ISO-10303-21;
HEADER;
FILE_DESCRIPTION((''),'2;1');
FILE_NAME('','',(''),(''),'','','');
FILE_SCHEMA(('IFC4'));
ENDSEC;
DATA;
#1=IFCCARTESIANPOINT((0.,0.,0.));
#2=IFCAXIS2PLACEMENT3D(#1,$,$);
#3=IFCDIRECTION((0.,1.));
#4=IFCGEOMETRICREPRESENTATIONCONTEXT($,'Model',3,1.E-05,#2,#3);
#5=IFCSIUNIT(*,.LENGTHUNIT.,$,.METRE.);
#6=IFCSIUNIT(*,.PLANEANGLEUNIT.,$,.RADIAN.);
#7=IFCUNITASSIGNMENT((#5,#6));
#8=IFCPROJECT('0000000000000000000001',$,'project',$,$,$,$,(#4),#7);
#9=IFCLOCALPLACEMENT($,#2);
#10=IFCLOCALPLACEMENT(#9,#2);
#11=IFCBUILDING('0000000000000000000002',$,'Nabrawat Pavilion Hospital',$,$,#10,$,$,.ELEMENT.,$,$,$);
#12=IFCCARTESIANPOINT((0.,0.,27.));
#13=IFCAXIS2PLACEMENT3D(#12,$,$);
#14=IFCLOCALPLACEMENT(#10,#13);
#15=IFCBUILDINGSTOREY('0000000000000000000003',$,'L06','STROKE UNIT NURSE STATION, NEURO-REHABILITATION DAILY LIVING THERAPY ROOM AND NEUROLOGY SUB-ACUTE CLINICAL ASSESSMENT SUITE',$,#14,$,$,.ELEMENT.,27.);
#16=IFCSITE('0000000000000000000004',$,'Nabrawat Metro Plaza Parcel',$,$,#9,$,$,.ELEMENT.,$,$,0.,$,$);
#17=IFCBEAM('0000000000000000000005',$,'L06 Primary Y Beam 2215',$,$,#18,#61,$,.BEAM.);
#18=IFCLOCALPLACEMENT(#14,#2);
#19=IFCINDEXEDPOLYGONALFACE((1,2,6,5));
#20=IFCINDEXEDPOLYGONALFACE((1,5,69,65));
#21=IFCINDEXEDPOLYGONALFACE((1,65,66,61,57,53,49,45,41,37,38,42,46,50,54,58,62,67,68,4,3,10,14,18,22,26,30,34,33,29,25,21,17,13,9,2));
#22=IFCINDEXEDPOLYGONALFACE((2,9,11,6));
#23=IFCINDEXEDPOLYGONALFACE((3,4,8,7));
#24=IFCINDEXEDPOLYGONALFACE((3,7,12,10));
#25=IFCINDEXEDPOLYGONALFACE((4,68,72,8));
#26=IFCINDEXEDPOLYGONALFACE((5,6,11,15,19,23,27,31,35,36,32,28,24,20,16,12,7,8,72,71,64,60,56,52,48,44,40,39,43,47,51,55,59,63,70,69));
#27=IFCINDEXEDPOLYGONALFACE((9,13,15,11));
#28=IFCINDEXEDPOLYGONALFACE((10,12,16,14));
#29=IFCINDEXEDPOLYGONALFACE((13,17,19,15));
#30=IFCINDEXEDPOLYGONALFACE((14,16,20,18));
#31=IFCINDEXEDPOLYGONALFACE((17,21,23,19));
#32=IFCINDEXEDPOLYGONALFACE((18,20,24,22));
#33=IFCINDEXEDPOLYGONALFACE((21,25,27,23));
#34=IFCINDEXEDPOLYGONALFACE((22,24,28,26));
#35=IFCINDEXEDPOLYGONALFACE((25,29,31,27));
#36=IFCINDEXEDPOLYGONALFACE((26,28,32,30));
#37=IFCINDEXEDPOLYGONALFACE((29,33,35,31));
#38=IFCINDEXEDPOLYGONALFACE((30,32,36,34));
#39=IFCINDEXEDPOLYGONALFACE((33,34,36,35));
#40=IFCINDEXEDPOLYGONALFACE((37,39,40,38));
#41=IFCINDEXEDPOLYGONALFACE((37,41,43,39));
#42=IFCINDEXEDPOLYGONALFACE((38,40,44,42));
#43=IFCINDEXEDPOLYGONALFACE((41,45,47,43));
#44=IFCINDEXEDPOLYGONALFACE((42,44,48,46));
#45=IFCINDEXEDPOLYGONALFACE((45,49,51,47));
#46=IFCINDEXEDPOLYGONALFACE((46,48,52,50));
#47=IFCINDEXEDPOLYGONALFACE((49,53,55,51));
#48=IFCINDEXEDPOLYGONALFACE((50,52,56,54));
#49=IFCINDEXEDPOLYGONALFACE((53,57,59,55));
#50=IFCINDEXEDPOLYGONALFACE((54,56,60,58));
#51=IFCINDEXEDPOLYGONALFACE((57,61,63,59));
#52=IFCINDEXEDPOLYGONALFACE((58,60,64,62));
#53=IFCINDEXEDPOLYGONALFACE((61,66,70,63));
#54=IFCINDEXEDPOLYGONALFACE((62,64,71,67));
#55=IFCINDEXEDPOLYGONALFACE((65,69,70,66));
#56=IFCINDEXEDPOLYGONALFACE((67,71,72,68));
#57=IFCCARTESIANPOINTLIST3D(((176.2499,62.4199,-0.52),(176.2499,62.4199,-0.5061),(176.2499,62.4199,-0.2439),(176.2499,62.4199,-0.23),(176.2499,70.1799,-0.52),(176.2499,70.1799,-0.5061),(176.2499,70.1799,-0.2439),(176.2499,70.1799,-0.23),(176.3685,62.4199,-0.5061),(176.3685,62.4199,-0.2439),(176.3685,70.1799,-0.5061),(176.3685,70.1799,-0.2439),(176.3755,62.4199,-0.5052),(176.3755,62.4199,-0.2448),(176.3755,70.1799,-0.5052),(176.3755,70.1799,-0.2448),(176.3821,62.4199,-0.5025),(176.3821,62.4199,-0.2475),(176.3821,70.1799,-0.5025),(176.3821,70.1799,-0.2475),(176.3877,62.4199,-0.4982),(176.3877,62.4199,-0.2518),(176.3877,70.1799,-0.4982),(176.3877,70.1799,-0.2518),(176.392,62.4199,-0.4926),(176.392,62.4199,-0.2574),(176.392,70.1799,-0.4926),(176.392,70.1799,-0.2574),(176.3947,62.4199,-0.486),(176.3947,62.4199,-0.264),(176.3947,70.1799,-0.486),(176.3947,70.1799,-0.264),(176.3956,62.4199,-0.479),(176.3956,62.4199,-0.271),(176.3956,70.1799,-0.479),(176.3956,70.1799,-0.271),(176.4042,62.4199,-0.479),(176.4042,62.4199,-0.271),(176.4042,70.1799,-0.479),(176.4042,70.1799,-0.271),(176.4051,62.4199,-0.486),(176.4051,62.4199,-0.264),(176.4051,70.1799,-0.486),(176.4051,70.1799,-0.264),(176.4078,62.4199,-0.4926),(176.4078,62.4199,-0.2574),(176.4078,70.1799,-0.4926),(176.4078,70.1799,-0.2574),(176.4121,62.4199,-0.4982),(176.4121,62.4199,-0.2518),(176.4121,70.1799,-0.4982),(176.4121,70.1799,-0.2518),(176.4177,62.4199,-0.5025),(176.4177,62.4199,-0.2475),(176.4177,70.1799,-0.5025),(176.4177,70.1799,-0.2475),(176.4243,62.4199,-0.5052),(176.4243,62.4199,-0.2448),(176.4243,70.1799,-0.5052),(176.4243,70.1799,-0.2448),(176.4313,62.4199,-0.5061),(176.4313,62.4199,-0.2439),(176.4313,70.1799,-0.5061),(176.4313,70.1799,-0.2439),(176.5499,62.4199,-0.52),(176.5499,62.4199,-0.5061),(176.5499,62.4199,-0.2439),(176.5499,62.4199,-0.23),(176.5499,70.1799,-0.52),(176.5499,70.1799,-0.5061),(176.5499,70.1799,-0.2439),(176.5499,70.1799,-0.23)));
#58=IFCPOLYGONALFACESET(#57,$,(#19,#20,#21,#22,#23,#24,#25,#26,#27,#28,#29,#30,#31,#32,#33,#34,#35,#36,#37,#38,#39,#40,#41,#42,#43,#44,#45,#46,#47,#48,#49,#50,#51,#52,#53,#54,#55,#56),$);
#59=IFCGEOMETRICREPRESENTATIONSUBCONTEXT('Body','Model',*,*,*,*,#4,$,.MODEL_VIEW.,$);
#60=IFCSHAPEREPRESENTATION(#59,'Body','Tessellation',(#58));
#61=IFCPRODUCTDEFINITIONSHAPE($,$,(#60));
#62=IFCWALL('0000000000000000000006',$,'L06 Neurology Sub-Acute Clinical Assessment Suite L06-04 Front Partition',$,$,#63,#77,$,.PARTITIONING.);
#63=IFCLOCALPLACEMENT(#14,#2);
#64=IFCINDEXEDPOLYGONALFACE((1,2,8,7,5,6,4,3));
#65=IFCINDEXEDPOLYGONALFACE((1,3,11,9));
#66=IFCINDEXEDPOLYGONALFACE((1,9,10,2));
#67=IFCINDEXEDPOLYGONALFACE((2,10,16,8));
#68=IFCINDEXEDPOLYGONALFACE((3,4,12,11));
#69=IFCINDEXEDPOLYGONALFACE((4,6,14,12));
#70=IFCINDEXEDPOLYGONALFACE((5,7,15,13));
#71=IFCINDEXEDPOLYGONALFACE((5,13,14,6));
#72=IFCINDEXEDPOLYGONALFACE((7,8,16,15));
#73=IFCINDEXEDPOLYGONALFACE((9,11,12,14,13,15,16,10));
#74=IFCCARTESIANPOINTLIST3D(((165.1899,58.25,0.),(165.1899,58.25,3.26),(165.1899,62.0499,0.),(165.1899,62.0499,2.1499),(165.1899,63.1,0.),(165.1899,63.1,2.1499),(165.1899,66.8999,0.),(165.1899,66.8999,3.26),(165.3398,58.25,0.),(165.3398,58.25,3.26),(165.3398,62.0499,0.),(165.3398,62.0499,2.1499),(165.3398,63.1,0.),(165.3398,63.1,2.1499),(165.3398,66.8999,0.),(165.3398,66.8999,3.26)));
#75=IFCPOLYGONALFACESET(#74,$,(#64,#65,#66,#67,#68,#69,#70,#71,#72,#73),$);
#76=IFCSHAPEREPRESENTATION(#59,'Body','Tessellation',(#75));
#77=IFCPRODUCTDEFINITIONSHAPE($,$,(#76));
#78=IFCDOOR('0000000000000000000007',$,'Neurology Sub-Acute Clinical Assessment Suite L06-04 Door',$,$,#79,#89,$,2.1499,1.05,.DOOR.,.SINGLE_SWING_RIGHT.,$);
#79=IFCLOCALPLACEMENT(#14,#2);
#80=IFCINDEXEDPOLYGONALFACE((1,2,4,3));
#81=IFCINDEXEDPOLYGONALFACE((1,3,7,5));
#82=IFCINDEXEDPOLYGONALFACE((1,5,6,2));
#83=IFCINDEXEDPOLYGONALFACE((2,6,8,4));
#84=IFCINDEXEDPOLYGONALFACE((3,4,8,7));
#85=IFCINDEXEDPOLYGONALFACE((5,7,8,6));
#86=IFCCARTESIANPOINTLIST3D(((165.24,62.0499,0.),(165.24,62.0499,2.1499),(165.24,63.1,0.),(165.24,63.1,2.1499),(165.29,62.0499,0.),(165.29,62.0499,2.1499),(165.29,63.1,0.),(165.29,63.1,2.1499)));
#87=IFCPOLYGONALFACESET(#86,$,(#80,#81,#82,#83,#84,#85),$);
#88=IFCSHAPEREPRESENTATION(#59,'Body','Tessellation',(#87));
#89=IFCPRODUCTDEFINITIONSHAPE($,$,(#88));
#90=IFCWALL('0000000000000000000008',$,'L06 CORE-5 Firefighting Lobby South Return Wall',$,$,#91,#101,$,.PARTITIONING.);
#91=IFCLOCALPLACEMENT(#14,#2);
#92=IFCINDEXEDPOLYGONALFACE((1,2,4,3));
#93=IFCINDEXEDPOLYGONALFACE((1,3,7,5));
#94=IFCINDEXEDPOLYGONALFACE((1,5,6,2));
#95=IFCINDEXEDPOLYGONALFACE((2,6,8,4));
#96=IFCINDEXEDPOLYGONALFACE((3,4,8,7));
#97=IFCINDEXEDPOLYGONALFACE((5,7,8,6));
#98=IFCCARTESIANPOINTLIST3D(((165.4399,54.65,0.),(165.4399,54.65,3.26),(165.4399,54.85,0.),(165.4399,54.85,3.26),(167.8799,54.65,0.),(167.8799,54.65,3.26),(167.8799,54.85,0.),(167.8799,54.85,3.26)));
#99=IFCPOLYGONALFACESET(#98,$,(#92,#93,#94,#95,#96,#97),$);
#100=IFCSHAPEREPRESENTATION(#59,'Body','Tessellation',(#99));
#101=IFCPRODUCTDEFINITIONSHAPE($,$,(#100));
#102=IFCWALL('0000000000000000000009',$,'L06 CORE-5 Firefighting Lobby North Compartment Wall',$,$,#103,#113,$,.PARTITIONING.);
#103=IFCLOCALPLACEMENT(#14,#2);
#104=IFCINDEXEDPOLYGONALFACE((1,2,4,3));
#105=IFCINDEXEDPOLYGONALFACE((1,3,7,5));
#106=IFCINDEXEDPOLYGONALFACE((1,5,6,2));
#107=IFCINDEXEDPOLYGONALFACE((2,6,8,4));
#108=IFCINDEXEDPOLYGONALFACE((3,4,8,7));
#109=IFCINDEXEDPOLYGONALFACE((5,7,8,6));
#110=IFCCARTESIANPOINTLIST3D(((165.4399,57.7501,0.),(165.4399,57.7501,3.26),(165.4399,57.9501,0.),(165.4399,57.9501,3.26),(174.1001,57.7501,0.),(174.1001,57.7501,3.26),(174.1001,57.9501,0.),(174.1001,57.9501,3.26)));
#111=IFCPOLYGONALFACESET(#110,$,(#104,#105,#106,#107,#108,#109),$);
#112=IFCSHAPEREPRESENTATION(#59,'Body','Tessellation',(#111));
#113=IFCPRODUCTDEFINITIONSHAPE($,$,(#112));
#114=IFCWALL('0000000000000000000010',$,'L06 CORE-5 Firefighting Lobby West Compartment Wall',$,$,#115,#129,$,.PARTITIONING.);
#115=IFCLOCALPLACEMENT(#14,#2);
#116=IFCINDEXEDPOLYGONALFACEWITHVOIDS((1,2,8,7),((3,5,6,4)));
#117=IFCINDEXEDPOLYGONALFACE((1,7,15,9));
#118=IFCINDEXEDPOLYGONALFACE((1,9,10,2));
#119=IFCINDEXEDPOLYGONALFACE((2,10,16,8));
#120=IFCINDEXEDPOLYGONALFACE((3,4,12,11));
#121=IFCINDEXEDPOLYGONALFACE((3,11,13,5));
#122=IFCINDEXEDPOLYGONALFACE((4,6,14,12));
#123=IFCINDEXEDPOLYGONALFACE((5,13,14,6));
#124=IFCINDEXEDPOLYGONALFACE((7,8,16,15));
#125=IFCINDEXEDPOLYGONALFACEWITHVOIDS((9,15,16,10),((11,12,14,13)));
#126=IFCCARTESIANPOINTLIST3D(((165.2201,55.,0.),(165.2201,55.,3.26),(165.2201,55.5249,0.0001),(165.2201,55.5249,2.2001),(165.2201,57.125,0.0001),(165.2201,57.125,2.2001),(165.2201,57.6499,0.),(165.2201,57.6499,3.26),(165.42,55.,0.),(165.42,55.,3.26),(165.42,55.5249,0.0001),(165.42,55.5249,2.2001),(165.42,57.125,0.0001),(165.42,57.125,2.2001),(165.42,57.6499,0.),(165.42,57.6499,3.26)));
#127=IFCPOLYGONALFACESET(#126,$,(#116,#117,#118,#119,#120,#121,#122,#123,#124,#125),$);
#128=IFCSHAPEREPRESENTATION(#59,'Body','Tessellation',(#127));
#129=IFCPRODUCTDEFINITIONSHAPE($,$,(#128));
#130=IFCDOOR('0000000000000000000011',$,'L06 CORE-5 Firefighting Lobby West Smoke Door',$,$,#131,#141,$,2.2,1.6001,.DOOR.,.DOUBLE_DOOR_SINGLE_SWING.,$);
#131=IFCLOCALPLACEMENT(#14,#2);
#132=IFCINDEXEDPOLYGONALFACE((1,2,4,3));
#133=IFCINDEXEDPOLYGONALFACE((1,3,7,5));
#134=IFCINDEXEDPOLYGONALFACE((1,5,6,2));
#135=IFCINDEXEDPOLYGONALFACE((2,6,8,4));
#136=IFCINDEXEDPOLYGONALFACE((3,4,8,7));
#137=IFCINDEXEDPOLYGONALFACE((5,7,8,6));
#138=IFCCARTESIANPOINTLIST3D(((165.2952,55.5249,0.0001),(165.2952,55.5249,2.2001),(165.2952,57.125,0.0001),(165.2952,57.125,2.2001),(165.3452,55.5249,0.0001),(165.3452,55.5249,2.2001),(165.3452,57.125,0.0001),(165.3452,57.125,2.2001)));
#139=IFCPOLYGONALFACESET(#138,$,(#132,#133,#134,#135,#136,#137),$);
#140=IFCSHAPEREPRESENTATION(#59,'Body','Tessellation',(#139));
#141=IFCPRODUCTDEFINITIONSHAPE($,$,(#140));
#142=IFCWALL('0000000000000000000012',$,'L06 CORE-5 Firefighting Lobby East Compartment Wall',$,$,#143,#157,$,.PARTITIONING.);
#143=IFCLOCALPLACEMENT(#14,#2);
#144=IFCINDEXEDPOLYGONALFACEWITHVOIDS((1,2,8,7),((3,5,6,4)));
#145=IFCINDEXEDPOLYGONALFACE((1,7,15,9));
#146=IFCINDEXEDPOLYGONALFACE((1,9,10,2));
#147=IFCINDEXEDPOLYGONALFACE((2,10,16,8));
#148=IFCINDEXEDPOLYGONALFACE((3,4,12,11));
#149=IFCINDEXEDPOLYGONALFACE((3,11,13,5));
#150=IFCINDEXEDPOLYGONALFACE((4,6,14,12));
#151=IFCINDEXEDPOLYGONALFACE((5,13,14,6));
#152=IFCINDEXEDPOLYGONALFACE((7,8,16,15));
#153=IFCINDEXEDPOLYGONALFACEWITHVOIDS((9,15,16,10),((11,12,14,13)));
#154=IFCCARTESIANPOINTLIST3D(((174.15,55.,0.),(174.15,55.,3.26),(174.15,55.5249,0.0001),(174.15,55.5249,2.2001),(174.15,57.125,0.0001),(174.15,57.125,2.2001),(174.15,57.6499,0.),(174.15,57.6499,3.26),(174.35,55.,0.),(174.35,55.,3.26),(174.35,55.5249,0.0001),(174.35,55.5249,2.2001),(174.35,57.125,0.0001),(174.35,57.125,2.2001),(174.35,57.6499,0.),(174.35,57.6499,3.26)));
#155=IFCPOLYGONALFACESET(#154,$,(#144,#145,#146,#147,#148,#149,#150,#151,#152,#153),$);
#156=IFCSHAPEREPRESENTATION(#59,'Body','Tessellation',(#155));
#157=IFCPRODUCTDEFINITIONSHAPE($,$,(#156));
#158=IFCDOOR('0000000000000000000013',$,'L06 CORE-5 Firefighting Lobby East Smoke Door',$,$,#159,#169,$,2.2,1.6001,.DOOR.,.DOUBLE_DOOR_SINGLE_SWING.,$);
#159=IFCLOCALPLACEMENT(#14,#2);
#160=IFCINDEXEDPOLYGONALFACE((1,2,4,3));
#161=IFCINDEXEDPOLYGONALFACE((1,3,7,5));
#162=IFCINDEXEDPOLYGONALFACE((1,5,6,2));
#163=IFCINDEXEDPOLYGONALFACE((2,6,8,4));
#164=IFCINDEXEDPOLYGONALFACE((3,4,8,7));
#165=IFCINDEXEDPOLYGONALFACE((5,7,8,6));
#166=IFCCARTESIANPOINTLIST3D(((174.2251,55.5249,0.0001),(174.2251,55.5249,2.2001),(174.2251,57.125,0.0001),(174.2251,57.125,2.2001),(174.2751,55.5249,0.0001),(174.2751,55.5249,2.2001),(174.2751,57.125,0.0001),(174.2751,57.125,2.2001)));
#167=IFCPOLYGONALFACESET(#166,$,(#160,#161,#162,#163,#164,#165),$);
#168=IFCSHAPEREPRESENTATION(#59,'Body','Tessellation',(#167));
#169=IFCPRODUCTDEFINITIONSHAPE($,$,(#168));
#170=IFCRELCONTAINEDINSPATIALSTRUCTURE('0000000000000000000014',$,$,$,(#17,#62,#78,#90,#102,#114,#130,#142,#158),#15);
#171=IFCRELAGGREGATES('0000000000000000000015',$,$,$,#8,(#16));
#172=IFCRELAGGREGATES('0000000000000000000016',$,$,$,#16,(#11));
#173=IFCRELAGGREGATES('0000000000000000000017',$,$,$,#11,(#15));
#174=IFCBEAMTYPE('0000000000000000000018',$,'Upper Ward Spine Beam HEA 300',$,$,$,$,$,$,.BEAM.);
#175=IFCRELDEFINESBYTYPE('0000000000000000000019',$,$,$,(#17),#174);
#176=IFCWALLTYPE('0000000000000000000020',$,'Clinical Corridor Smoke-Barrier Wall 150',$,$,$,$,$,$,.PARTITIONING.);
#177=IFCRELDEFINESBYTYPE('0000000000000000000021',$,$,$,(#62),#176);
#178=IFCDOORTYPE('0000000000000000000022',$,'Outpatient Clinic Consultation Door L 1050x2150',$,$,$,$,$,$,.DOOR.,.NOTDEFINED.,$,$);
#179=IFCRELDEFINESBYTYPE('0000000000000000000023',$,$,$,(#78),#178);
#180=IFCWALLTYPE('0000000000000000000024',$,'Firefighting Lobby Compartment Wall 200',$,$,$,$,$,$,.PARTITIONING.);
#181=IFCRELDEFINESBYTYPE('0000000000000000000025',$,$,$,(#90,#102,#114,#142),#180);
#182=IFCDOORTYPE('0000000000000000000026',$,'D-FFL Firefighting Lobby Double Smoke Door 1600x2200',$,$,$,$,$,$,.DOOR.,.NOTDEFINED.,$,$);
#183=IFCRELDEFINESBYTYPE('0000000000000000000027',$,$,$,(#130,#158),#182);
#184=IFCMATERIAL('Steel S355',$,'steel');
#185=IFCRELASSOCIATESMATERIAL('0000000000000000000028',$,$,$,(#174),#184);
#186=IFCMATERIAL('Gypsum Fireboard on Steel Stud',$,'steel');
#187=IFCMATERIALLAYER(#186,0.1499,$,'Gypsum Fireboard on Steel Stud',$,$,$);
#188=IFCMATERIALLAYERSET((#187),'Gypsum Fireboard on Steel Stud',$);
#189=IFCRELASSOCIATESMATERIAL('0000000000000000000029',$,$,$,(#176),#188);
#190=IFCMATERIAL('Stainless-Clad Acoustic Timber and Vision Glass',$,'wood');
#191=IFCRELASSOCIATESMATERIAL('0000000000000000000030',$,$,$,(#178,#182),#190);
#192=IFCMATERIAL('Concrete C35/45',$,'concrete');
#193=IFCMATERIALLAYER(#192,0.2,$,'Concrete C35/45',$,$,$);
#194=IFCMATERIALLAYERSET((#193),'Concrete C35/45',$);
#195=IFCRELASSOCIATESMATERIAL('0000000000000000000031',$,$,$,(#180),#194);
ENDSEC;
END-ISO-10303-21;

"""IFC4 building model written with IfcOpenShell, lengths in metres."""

from ifc_helpers import new_model, si_unit, direction, frame, frame_2d, origin, origin_2d, place, context, subcontext, project, spatial, rectangle, i_section, extrude, material, layer, layer_set, material_profile, profile_set, type_object, element, fill, save


model = new_model("IFC4")

# Units and contexts
model_context = context("Model", 3, precision=1e-05, world=origin(), true_north=direction((0.0, 1.0)))
body_context = subcontext(model_context, "Body", "Model", "MODEL_VIEW")
ifc_project = project(units=[si_unit("LENGTHUNIT", "METRE"), si_unit("PLANEANGLEUNIT", "RADIAN")], contexts=[model_context])

# Site, building, storey
site_placement = place(None, origin())
site = spatial("IfcSite", under=ifc_project, at=site_placement, Name="Nabrawat Metro Plaza Parcel", CompositionType="ELEMENT", RefElevation=0.0)
building_placement = place(site_placement, origin())
building = spatial("IfcBuilding", under=site, at=building_placement, Name="Nabrawat Pavilion Hospital", CompositionType="ELEMENT")
storey_placement = place(building_placement, frame((0.0, 0.0, 27.0)))
storey = spatial("IfcBuildingStorey", under=building, at=storey_placement, Name="L06", Description="STROKE UNIT NURSE STATION, NEURO-REHABILITATION DAILY LIVING THERAPY ROOM AND NEUROLOGY SUB-ACUTE CLINICAL ASSESSMENT SUITE", CompositionType="ELEMENT", Elevation=27.0)

# Shared definitions
ifc_material_1 = material(Name="Steel S355", Category="steel")

# Beam
ifc_material_profile_1 = material_profile(ifc_material_1, i_section(OverallWidth=0.3, OverallDepth=0.29, WebThickness=0.0085, FlangeThickness=0.0139, FilletRadius=0.0271, at=origin_2d()), Name="HEA 300")
ifc_profile_set_1 = profile_set([ifc_material_profile_1], Name="Steel S355")
beam_type_1 = type_object("IfcBeamType", Name="Upper Ward Spine Beam HEA 300", PredefinedType="BEAM", material=ifc_profile_set_1)
beam_1_placement = place(storey_placement, frame((176.3999, 62.4199, -0.375), z_axis=(0.0, 1.0, 0.0), x_axis=(-1.0, 0.0, 0.0)))
element("IfcBeam", 1, at=beam_1_placement, inside=storey, type_object=beam_type_1, Name="L06 Primary Y Beam 2215", PredefinedType="BEAM", context=body_context, shape_type="SweptSolid", body=[
    extrude(i_section(OverallWidth=0.3, OverallDepth=0.29, WebThickness=0.0085, FlangeThickness=0.0139, FilletRadius=0.0271, at=origin_2d()), origin(), (0.0, 0.0, 1.0), 7.76),
])

# Wall, opening, door
ifc_material_2 = material(Name="Gypsum Fireboard on Steel Stud", Category="steel")
ifc_layer_1 = layer(ifc_material_2, 0.1499, Name="Gypsum Fireboard on Steel Stud")
ifc_layer_set_1 = layer_set([ifc_layer_1], Name="Gypsum Fireboard on Steel Stud")
wall_type_1 = type_object("IfcWallType", Name="Clinical Corridor Smoke-Barrier Wall 150", PredefinedType="PARTITIONING", material=ifc_layer_set_1)
wall_1_placement = place(storey_placement, frame((165.2649, 58.25, 0.0), z_axis=(0.0, 0.0, 1.0), x_axis=(0.0, 1.0, 0.0)))
wall_1 = element("IfcWall", 2, at=wall_1_placement, inside=storey, type_object=wall_type_1, Name="L06 Neurology Sub-Acute Clinical Assessment Suite L06-04 Front Partition", PredefinedType="PARTITIONING", context=body_context, shape_type="SweptSolid", body=[
    extrude(rectangle(XDim=8.6499, YDim=0.1499, at=frame_2d((4.325, 0.0))), origin(), (0.0, 0.0, 1.0), 3.26),
])
opening_1_placement = place(wall_1_placement, frame((3.8, 0.0, 0.0)))
opening_1 = element("IfcOpeningElement", 3, at=opening_1_placement, cuts=wall_1, PredefinedType="OPENING", context=body_context, shape_type="SweptSolid", body=[
    extrude(rectangle(XDim=1.05, YDim=2.1499, at=frame_2d((0.5249, 1.075))), frame((0.0, 0.085, 0.0), z_axis=(0.0, -1.0, 0.0), x_axis=(1.0, 0.0, 0.0)), (0.0, 0.0, 1.0), 0.1699),
])
ifc_material_3 = material(Name="Stainless-Clad Acoustic Timber and Vision Glass", Category="wood")
door_type_1 = type_object("IfcDoorType", Name="Outpatient Clinic Consultation Door L 1050x2150", OperationType="NOTDEFINED", PredefinedType="DOOR", material=ifc_material_3)
door_1_placement = place(opening_1_placement, origin())
door_1 = element("IfcDoor", 4, at=door_1_placement, inside=storey, type_object=door_type_1, Name="Neurology Sub-Acute Clinical Assessment Suite L06-04 Door", OperationType="SINGLE_SWING_RIGHT", OverallHeight=2.1499, OverallWidth=1.05, PredefinedType="DOOR", context=body_context, shape_type="SweptSolid", body=[
    extrude(rectangle(XDim=1.05, YDim=2.1499, at=frame_2d((0.5249, 1.075))), frame((0.0, 0.0249, 0.0), z_axis=(0.0, -1.0, 0.0), x_axis=(1.0, 0.0, 0.0)), (0.0, 0.0, 1.0), 0.05),
])
fill(opening_1, door_1)

# Walls
ifc_material_4 = material(Name="Concrete C35/45", Category="concrete")
ifc_layer_2 = layer(ifc_material_4, 0.2, Name="Concrete C35/45")
ifc_layer_set_2 = layer_set([ifc_layer_2], Name="Concrete C35/45")
wall_type_2 = type_object("IfcWallType", Name="Firefighting Lobby Compartment Wall 200", PredefinedType="PARTITIONING", material=ifc_layer_set_2)
wall_2_placement = place(storey_placement, frame((165.4399, 54.75, 0.0), z_axis=(0.0, 0.0, 1.0), x_axis=(1.0, 0.0, 0.0)))
element("IfcWall", 5, at=wall_2_placement, inside=storey, type_object=wall_type_2, Name="L06 CORE-5 Firefighting Lobby South Return Wall", PredefinedType="PARTITIONING", context=body_context, shape_type="SweptSolid", body=[
    extrude(rectangle(XDim=2.4399, YDim=0.2, at=frame_2d((1.22, 0.0))), origin(), (0.0, 0.0, 1.0), 3.26),
])
wall_3_placement = place(storey_placement, frame((165.4399, 57.8501, 0.0), z_axis=(0.0, 0.0, 1.0), x_axis=(1.0, 0.0, 0.0)))
element("IfcWall", 6, at=wall_3_placement, inside=storey, type_object=wall_type_2, Name="L06 CORE-5 Firefighting Lobby North Compartment Wall", PredefinedType="PARTITIONING", context=body_context, shape_type="SweptSolid", body=[
    extrude(rectangle(XDim=8.6602, YDim=0.2, at=frame_2d((4.3301, 0.0))), origin(), (0.0, 0.0, 1.0), 3.26),
])

# Walls, openings, doors
wall_4_placement = place(storey_placement, frame((165.3201, 55.0, 0.0), z_axis=(0.0, 0.0, 1.0), x_axis=(0.0, 1.0, 0.0)))
wall_4 = element("IfcWall", 7, at=wall_4_placement, inside=storey, type_object=wall_type_2, Name="L06 CORE-5 Firefighting Lobby West Compartment Wall", PredefinedType="PARTITIONING", context=body_context, shape_type="SweptSolid", body=[
    extrude(rectangle(XDim=2.6499, YDim=0.2, at=frame_2d((1.325, 0.0))), origin(), (0.0, 0.0, 1.0), 3.26),
])
opening_2_placement = place(wall_4_placement, frame((0.5249, 0.0, 0.0)))
opening_2 = element("IfcOpeningElement", 8, at=opening_2_placement, cuts=wall_4, PredefinedType="OPENING", context=body_context, shape_type="SweptSolid", body=[
    extrude(rectangle(XDim=1.6001, YDim=2.2, at=frame_2d((0.8, 1.1001))), frame((0.0, 0.1099, 0.0), z_axis=(0.0, -1.0, 0.0), x_axis=(1.0, 0.0, 0.0)), (0.0, 0.0, 1.0), 0.22),
])
door_type_2 = type_object("IfcDoorType", Name="D-FFL Firefighting Lobby Double Smoke Door 1600x2200", OperationType="NOTDEFINED", PredefinedType="DOOR", material=ifc_material_3)
door_2_placement = place(opening_2_placement, origin())
door_2 = element("IfcDoor", 9, at=door_2_placement, inside=storey, type_object=door_type_2, Name="L06 CORE-5 Firefighting Lobby West Smoke Door", OperationType="DOUBLE_DOOR_SINGLE_SWING", OverallHeight=2.2, OverallWidth=1.6001, PredefinedType="DOOR", context=body_context, shape_type="SweptSolid", body=[
    extrude(rectangle(XDim=1.6001, YDim=2.2, at=frame_2d((0.8, 1.1001))), frame((0.0, 0.0249, 0.0), z_axis=(0.0, -1.0, 0.0), x_axis=(1.0, 0.0, 0.0)), (0.0, 0.0, 1.0), 0.05),
])
fill(opening_2, door_2)
wall_5_placement = place(storey_placement, frame((174.25, 55.0, 0.0), z_axis=(0.0, 0.0, 1.0), x_axis=(0.0, 1.0, 0.0)))
wall_5 = element("IfcWall", 10, at=wall_5_placement, inside=storey, type_object=wall_type_2, Name="L06 CORE-5 Firefighting Lobby East Compartment Wall", PredefinedType="PARTITIONING", context=body_context, shape_type="SweptSolid", body=[
    extrude(rectangle(XDim=2.6499, YDim=0.2, at=frame_2d((1.325, 0.0))), origin(), (0.0, 0.0, 1.0), 3.26),
])
opening_3_placement = place(wall_5_placement, frame((0.5249, 0.0, 0.0)))
opening_3 = element("IfcOpeningElement", 11, at=opening_3_placement, cuts=wall_5, PredefinedType="OPENING", context=body_context, shape_type="SweptSolid", body=[
    extrude(rectangle(XDim=1.6001, YDim=2.2, at=frame_2d((0.8, 1.1001))), frame((0.0, 0.1099, 0.0), z_axis=(0.0, -1.0, 0.0), x_axis=(1.0, 0.0, 0.0)), (0.0, 0.0, 1.0), 0.22),
])
door_3_placement = place(opening_3_placement, origin())
door_3 = element("IfcDoor", 12, at=door_3_placement, inside=storey, type_object=door_type_2, Name="L06 CORE-5 Firefighting Lobby East Smoke Door", OperationType="DOUBLE_DOOR_SINGLE_SWING", OverallHeight=2.2, OverallWidth=1.6001, PredefinedType="DOOR", context=body_context, shape_type="SweptSolid", body=[
    extrude(rectangle(XDim=1.6001, YDim=2.2, at=frame_2d((0.8, 1.1001))), frame((0.0, 0.0249, 0.0), z_axis=(0.0, -1.0, 0.0), x_axis=(1.0, 0.0, 0.0)), (0.0, 0.0, 1.0), 0.05),
])
fill(opening_3, door_3)

save(model, "model.ifc")
